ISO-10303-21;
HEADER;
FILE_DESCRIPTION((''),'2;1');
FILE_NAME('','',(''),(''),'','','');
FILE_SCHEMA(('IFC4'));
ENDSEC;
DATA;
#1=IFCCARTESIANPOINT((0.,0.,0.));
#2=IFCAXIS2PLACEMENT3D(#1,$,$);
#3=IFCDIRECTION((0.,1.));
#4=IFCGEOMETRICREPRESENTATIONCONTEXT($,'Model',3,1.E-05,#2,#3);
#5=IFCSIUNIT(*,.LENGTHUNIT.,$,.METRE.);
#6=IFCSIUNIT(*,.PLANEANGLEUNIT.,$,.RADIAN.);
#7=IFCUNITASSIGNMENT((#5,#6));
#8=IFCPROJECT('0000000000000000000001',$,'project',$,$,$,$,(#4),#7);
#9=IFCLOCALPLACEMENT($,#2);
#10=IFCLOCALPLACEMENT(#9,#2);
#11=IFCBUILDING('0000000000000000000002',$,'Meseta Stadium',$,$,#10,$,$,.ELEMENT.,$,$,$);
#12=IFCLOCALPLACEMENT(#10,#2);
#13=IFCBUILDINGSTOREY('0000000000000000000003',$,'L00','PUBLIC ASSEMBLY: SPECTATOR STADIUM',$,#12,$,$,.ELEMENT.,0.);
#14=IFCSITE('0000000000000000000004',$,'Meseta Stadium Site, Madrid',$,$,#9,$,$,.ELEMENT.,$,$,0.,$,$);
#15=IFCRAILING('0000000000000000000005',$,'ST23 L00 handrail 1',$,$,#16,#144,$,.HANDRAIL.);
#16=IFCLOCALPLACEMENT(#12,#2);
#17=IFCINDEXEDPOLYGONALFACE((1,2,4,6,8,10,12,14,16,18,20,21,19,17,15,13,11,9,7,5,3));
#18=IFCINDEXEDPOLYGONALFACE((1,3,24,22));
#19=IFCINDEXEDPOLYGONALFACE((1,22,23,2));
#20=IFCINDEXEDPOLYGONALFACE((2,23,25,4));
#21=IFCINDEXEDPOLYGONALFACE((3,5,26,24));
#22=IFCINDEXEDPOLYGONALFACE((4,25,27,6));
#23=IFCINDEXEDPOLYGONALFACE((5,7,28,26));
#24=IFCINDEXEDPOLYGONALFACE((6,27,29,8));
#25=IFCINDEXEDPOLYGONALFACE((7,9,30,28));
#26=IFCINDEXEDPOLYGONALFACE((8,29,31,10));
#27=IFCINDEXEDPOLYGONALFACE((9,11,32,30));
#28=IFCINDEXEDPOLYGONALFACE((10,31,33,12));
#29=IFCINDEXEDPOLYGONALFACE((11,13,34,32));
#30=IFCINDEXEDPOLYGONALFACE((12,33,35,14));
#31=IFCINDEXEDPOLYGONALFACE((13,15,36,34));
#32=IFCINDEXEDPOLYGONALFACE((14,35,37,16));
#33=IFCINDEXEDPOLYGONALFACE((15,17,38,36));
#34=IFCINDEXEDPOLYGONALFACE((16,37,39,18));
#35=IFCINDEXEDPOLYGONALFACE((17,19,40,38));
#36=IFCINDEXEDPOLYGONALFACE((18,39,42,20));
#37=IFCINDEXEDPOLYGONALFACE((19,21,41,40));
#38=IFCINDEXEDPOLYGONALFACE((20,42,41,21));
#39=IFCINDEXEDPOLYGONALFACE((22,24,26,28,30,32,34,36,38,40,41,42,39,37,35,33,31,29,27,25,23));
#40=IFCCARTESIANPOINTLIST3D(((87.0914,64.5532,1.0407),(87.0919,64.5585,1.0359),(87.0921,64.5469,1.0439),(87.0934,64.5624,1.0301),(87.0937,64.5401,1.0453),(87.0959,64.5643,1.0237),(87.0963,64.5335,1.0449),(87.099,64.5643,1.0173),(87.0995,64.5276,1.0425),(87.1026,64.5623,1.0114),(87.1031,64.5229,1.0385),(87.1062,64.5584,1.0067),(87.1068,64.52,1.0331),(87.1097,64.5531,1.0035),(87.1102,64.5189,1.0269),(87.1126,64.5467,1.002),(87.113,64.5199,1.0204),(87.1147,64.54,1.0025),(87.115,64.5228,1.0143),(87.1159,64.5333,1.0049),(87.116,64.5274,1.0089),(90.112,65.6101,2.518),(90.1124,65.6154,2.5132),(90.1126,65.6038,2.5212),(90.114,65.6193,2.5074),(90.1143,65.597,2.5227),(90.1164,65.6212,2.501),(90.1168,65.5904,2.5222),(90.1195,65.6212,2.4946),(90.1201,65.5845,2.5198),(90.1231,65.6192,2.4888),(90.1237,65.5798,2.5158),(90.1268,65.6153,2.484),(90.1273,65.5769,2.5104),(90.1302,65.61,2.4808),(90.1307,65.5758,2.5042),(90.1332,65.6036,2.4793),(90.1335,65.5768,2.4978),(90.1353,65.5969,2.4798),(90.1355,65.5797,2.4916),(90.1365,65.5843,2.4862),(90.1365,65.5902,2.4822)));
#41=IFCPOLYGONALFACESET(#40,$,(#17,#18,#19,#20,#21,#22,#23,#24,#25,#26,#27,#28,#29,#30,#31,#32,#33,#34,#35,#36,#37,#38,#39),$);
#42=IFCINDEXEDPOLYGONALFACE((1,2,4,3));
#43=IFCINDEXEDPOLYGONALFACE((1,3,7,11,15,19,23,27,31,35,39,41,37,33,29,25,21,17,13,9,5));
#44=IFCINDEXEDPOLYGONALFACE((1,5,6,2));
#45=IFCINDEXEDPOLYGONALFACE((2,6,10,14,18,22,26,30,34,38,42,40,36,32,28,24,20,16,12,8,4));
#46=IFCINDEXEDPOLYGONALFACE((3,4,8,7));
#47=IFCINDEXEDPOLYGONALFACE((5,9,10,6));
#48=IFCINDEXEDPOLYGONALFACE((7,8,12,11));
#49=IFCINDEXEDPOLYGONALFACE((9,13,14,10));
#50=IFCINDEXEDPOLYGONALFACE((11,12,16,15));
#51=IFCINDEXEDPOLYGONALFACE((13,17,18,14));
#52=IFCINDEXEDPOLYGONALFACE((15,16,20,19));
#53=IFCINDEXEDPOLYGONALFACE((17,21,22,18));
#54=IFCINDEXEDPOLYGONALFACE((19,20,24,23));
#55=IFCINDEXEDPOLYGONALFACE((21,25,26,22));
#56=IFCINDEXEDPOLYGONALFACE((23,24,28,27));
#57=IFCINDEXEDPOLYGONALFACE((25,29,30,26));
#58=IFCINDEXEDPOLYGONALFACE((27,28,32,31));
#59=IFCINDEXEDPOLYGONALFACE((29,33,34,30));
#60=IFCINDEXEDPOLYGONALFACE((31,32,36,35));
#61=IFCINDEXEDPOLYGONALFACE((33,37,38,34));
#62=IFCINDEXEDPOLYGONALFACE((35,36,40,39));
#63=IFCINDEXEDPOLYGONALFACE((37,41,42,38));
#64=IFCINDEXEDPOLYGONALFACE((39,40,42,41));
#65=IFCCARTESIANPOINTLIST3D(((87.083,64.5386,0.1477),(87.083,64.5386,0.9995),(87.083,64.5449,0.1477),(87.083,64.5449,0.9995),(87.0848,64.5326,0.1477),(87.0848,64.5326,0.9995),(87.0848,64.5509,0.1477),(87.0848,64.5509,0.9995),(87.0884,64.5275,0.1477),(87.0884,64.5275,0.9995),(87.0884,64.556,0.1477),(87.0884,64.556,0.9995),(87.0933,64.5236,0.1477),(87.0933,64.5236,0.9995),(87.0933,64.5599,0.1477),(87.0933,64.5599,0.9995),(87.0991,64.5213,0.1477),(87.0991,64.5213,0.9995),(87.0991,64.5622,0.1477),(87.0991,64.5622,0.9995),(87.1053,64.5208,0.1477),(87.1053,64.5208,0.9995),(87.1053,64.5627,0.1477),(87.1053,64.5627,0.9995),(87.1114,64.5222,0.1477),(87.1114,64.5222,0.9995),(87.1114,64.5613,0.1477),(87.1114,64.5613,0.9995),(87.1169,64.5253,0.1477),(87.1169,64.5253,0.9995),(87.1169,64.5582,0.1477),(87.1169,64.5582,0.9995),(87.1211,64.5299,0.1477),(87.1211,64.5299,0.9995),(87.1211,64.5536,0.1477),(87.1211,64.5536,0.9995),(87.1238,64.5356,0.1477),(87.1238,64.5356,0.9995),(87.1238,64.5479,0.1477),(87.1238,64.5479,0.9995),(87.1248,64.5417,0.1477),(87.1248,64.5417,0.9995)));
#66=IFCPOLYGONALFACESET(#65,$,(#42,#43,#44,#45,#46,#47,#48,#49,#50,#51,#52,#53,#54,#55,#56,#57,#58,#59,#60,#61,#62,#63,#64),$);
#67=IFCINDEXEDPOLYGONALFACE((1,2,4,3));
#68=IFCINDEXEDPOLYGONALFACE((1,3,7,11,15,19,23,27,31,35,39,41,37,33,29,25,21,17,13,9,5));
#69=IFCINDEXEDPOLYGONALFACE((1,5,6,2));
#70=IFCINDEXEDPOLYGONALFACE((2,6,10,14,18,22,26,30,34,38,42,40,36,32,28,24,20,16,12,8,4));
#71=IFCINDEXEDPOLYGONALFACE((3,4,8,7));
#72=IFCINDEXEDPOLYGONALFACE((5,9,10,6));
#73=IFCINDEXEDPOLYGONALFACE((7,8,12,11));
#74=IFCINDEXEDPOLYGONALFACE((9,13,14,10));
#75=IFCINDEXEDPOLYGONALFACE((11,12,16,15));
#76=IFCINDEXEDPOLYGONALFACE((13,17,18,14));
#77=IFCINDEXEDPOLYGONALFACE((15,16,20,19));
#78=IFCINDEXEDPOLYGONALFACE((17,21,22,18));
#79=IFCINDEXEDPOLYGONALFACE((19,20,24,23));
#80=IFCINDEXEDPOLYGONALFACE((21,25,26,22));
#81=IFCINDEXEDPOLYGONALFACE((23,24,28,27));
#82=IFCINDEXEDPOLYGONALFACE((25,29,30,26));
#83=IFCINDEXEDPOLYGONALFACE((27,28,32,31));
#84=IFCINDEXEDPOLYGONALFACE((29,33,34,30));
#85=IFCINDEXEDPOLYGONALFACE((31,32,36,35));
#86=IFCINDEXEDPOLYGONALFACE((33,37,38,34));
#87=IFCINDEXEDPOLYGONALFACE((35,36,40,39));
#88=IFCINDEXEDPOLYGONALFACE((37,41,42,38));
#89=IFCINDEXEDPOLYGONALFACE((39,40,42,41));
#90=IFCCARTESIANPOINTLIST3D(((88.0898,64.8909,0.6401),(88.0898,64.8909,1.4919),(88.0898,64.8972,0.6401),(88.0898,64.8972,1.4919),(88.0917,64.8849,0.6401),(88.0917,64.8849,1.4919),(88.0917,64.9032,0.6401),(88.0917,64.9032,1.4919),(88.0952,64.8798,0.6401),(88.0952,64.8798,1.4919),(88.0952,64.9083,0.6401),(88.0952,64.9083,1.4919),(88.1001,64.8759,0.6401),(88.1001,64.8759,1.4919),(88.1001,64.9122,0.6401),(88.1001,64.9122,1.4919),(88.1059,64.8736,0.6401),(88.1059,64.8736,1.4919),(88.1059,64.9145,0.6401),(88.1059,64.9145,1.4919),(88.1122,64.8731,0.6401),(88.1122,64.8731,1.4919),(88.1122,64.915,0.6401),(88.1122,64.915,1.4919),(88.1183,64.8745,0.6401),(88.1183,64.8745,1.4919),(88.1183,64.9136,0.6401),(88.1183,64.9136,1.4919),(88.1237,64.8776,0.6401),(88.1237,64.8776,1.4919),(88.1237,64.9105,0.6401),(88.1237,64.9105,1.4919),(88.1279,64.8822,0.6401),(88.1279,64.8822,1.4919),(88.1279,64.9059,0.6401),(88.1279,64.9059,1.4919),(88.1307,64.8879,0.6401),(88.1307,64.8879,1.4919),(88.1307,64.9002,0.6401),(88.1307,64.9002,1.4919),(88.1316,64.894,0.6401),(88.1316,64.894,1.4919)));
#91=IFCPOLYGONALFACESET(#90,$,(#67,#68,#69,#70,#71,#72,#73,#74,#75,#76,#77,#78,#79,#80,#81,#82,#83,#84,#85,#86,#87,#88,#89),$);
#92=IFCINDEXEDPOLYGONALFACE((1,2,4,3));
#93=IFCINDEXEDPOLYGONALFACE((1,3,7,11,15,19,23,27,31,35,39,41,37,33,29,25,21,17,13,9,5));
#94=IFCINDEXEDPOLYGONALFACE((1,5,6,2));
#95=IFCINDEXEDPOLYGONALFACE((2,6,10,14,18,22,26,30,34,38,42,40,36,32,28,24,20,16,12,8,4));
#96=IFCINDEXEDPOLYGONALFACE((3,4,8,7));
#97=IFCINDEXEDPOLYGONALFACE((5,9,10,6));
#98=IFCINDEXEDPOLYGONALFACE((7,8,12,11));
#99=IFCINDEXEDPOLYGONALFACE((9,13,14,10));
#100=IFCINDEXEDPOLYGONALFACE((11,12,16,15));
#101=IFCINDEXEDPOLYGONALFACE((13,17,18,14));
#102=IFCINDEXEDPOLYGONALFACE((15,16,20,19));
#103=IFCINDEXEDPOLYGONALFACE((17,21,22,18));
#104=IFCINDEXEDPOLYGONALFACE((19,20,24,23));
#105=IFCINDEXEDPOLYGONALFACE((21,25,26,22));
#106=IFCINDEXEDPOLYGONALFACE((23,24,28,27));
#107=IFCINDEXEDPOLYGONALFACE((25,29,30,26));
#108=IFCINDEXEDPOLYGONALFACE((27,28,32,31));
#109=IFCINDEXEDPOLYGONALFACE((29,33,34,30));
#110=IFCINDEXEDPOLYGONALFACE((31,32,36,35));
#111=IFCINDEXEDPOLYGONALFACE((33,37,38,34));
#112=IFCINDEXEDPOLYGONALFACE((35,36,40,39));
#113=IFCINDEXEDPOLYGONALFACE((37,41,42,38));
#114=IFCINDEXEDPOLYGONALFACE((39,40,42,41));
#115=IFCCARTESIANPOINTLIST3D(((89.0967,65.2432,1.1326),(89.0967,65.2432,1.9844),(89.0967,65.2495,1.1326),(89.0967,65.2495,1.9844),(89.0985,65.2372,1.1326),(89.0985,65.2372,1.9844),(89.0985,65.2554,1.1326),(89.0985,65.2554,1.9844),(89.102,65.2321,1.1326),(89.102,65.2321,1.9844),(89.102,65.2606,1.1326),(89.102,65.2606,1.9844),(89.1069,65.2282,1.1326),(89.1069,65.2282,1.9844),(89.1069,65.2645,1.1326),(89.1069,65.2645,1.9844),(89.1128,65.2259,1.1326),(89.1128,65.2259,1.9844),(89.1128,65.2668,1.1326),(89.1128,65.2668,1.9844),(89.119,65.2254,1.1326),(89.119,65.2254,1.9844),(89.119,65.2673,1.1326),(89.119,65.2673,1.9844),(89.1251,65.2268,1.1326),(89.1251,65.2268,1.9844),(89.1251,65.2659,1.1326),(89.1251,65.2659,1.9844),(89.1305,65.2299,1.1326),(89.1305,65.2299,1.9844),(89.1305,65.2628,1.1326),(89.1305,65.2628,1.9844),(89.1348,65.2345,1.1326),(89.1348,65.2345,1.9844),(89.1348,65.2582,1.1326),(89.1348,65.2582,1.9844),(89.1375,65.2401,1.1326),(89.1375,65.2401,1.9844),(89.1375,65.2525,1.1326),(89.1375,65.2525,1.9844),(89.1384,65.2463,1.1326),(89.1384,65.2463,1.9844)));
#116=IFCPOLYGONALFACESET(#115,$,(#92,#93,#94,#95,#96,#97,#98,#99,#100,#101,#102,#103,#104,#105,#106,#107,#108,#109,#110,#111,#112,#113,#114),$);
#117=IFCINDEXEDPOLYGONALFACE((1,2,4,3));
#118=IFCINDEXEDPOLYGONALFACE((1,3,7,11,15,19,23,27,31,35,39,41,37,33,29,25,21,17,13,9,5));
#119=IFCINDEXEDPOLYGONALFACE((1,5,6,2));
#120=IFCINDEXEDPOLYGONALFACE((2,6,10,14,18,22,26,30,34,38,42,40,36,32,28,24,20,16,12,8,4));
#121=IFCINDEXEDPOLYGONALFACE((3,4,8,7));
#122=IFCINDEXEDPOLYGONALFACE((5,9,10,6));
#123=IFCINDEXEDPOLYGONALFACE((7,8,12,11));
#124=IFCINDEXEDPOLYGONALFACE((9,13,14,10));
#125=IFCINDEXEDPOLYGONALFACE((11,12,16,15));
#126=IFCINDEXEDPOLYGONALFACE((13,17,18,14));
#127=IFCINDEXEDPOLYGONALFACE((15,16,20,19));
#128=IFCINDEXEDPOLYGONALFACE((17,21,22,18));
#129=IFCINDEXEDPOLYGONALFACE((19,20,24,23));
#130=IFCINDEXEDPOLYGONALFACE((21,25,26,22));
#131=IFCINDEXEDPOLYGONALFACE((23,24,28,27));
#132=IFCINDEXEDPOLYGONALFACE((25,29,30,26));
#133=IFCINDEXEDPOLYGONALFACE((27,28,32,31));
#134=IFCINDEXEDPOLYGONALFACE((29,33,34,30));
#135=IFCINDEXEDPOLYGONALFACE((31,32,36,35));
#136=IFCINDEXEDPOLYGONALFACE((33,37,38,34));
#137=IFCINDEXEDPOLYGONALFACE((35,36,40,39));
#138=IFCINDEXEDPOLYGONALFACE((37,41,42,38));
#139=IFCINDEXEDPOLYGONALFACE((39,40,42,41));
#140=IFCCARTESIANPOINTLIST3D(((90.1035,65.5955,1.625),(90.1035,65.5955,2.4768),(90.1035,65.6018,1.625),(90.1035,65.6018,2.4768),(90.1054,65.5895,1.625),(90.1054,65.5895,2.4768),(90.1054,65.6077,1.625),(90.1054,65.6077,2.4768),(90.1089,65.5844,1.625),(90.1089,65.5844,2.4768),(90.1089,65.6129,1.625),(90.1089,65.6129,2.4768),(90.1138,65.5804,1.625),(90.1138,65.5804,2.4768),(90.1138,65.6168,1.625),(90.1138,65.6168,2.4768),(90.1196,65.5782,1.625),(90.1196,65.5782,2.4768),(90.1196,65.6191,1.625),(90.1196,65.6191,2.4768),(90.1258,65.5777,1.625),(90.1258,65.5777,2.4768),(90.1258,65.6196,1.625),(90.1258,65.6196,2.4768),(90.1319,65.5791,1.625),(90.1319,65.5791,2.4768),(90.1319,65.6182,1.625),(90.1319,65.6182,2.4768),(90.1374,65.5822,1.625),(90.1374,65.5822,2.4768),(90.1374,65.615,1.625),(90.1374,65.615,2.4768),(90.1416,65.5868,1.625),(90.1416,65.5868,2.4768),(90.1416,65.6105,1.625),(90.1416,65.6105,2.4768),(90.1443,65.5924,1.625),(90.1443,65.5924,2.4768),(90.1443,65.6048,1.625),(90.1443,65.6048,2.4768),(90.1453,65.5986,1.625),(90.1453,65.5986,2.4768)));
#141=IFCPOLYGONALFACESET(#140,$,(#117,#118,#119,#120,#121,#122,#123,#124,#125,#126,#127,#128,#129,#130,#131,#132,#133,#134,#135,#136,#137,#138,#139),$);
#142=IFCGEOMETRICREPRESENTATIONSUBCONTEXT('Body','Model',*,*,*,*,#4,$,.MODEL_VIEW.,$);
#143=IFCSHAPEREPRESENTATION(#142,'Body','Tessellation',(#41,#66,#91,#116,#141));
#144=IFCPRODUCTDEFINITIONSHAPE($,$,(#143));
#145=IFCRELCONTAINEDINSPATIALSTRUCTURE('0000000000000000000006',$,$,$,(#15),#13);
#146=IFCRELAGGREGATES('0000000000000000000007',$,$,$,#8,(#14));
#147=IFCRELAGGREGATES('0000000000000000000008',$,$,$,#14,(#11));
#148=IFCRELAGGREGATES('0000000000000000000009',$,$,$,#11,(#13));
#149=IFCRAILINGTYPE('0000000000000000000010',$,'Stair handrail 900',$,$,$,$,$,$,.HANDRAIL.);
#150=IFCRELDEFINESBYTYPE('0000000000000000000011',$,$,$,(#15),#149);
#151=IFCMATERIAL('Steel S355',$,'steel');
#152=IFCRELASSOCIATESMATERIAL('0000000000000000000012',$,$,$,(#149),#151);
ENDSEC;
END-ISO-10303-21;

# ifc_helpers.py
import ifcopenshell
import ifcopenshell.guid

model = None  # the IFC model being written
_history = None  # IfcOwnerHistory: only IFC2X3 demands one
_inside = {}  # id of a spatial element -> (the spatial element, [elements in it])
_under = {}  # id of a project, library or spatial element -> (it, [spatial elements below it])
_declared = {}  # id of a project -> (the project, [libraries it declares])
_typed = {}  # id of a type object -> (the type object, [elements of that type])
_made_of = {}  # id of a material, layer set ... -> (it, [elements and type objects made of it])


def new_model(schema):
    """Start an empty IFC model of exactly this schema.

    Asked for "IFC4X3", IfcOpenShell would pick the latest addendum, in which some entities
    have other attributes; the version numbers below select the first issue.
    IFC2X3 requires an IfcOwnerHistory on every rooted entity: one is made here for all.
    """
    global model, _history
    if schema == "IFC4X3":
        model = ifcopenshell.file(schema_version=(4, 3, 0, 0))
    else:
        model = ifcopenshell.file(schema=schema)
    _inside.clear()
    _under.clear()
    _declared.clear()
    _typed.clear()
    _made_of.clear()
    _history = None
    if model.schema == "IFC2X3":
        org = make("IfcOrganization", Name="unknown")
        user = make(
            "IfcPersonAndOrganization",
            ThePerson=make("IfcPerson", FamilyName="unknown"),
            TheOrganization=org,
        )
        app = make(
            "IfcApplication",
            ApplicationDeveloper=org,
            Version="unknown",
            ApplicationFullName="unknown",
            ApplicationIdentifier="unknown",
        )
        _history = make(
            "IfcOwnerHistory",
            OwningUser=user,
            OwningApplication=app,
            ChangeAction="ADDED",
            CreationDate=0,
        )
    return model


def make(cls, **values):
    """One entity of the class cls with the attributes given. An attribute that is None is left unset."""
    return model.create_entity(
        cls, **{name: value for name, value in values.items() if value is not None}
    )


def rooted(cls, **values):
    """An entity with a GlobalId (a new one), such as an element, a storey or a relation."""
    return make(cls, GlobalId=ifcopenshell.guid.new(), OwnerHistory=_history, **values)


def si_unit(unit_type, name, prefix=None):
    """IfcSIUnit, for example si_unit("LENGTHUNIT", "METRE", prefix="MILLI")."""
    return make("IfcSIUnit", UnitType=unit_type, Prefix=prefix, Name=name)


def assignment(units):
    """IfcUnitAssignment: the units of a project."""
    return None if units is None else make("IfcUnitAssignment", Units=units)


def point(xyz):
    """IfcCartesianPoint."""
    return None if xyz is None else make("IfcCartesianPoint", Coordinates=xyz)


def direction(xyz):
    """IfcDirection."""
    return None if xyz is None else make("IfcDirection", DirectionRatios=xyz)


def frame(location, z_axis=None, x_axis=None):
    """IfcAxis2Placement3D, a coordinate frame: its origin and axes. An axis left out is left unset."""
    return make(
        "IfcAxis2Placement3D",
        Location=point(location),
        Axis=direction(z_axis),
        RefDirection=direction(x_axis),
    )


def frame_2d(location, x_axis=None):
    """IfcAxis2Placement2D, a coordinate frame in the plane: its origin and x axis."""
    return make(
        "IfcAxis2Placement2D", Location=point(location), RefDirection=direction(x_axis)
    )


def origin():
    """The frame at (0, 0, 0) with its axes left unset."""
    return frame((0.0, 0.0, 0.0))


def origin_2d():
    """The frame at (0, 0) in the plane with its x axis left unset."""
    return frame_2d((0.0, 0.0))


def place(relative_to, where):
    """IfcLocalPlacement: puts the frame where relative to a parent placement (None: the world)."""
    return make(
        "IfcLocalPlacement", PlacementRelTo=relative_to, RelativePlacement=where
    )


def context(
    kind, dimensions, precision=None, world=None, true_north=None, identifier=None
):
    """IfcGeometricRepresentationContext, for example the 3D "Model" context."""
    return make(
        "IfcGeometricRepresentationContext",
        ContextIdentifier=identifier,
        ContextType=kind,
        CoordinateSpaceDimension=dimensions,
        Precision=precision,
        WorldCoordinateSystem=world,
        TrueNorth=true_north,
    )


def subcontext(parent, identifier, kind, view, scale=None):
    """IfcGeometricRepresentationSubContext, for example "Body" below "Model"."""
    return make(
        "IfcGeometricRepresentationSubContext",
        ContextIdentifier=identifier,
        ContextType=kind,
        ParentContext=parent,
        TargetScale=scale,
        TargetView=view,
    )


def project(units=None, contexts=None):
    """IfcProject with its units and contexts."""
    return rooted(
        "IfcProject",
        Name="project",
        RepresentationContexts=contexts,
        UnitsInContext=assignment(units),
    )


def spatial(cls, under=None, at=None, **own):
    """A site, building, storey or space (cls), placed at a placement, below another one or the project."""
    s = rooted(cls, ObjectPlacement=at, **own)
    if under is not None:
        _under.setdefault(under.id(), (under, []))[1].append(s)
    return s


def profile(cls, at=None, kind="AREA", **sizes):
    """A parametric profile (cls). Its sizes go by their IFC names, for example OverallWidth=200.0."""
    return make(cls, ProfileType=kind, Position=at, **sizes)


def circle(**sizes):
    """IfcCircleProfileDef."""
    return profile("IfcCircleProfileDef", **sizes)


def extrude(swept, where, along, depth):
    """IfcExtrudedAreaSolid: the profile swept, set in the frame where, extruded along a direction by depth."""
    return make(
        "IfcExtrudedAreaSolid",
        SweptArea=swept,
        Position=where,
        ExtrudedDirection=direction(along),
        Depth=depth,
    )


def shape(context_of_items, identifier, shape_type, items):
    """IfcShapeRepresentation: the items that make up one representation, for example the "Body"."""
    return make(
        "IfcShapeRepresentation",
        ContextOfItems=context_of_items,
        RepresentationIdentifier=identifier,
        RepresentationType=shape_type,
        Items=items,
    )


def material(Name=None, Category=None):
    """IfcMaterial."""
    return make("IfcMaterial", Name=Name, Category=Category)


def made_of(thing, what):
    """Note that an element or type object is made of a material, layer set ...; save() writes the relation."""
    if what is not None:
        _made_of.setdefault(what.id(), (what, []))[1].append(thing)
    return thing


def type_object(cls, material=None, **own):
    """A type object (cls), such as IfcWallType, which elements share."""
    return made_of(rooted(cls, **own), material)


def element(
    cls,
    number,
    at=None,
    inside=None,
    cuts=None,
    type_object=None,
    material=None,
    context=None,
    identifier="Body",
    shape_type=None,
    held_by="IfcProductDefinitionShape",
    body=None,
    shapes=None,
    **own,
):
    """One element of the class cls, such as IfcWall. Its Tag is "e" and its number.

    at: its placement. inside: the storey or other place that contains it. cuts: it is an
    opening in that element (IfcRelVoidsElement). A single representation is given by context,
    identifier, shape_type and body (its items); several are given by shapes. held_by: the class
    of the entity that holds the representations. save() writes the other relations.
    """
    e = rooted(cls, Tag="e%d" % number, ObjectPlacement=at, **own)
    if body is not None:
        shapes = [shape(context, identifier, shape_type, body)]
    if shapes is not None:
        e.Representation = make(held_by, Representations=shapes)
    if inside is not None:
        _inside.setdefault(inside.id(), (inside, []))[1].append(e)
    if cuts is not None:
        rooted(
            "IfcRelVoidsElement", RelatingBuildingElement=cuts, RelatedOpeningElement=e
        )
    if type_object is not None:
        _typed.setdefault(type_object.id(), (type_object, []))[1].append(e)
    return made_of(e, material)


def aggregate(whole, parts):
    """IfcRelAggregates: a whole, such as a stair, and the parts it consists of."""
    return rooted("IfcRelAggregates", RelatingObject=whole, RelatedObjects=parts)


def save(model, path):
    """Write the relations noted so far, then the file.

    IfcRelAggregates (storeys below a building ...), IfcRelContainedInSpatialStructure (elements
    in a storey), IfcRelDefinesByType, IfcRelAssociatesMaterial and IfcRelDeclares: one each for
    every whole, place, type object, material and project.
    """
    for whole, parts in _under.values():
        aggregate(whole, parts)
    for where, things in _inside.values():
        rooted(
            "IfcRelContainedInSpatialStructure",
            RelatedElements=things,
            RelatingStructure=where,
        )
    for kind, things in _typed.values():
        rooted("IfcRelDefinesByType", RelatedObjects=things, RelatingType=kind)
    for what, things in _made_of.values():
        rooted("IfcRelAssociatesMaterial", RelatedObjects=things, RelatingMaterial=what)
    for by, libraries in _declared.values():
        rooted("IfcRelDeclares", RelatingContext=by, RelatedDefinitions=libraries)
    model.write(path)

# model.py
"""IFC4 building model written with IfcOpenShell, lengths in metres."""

from ifc_helpers import new_model, si_unit, direction, frame, origin, origin_2d, place, context, subcontext, project, spatial, circle, extrude, material, type_object, element, save


model = new_model("IFC4")

# Units and contexts
model_context = context("Model", 3, precision=1e-05, world=origin(), true_north=direction((0.0, 1.0)))
body_context = subcontext(model_context, "Body", "Model", "MODEL_VIEW")
ifc_project = project(units=[si_unit("LENGTHUNIT", "METRE"), si_unit("PLANEANGLEUNIT", "RADIAN")], contexts=[model_context])

# Site, building, storey
site_placement = place(None, origin())
site = spatial("IfcSite", under=ifc_project, at=site_placement, Name="Meseta Stadium Site, Madrid", CompositionType="ELEMENT", RefElevation=0.0)
building_placement = place(site_placement, origin())
building = spatial("IfcBuilding", under=site, at=building_placement, Name="Meseta Stadium", CompositionType="ELEMENT")
storey_placement = place(building_placement, origin())
storey = spatial("IfcBuildingStorey", under=building, at=storey_placement, Name="L00", Description="PUBLIC ASSEMBLY: SPECTATOR STADIUM", CompositionType="ELEMENT", Elevation=0.0)

# Railing
ifc_material_1 = material(Name="Steel S355", Category="steel")
railing_type_1 = type_object("IfcRailingType", Name="Stair handrail 900", PredefinedType="HANDRAIL", material=ifc_material_1)
for number, where, name in (
    (1, (87.1038, 64.5417, 0.1477), "ST23 L00 handrail 1"),
):
    element("IfcRailing", number, at=place(storey_placement, frame(where)), inside=storey, type_object=railing_type_1, Name=name, PredefinedType="HANDRAIL", context=body_context, shape_type="SweptSolid", body=[
        extrude(circle(Radius=0.0239, at=origin_2d()), frame((0.0, 0.0, 0.876), z_axis=(0.856977, 0.299859, 0.419137), x_axis=(-0.330269, 0.943887, 0.0)), (0.0, 0.0, 1.0), 3.5247),
        extrude(circle(Radius=0.021, at=origin_2d()), origin(), (0.0, 0.0, 1.0), 0.8518),
        extrude(circle(Radius=0.021, at=origin_2d()), frame((1.0068, 0.3523, 0.4924)), (0.0, 0.0, 1.0), 0.8518),
        extrude(circle(Radius=0.021, at=origin_2d()), frame((2.0137, 0.7046, 0.9849)), (0.0, 0.0, 1.0), 0.8518),
        extrude(circle(Radius=0.021, at=origin_2d()), frame((3.0205, 1.0569, 1.4773)), (0.0, 0.0, 1.0), 0.8518),
    ])

save(model, "model.ifc")
